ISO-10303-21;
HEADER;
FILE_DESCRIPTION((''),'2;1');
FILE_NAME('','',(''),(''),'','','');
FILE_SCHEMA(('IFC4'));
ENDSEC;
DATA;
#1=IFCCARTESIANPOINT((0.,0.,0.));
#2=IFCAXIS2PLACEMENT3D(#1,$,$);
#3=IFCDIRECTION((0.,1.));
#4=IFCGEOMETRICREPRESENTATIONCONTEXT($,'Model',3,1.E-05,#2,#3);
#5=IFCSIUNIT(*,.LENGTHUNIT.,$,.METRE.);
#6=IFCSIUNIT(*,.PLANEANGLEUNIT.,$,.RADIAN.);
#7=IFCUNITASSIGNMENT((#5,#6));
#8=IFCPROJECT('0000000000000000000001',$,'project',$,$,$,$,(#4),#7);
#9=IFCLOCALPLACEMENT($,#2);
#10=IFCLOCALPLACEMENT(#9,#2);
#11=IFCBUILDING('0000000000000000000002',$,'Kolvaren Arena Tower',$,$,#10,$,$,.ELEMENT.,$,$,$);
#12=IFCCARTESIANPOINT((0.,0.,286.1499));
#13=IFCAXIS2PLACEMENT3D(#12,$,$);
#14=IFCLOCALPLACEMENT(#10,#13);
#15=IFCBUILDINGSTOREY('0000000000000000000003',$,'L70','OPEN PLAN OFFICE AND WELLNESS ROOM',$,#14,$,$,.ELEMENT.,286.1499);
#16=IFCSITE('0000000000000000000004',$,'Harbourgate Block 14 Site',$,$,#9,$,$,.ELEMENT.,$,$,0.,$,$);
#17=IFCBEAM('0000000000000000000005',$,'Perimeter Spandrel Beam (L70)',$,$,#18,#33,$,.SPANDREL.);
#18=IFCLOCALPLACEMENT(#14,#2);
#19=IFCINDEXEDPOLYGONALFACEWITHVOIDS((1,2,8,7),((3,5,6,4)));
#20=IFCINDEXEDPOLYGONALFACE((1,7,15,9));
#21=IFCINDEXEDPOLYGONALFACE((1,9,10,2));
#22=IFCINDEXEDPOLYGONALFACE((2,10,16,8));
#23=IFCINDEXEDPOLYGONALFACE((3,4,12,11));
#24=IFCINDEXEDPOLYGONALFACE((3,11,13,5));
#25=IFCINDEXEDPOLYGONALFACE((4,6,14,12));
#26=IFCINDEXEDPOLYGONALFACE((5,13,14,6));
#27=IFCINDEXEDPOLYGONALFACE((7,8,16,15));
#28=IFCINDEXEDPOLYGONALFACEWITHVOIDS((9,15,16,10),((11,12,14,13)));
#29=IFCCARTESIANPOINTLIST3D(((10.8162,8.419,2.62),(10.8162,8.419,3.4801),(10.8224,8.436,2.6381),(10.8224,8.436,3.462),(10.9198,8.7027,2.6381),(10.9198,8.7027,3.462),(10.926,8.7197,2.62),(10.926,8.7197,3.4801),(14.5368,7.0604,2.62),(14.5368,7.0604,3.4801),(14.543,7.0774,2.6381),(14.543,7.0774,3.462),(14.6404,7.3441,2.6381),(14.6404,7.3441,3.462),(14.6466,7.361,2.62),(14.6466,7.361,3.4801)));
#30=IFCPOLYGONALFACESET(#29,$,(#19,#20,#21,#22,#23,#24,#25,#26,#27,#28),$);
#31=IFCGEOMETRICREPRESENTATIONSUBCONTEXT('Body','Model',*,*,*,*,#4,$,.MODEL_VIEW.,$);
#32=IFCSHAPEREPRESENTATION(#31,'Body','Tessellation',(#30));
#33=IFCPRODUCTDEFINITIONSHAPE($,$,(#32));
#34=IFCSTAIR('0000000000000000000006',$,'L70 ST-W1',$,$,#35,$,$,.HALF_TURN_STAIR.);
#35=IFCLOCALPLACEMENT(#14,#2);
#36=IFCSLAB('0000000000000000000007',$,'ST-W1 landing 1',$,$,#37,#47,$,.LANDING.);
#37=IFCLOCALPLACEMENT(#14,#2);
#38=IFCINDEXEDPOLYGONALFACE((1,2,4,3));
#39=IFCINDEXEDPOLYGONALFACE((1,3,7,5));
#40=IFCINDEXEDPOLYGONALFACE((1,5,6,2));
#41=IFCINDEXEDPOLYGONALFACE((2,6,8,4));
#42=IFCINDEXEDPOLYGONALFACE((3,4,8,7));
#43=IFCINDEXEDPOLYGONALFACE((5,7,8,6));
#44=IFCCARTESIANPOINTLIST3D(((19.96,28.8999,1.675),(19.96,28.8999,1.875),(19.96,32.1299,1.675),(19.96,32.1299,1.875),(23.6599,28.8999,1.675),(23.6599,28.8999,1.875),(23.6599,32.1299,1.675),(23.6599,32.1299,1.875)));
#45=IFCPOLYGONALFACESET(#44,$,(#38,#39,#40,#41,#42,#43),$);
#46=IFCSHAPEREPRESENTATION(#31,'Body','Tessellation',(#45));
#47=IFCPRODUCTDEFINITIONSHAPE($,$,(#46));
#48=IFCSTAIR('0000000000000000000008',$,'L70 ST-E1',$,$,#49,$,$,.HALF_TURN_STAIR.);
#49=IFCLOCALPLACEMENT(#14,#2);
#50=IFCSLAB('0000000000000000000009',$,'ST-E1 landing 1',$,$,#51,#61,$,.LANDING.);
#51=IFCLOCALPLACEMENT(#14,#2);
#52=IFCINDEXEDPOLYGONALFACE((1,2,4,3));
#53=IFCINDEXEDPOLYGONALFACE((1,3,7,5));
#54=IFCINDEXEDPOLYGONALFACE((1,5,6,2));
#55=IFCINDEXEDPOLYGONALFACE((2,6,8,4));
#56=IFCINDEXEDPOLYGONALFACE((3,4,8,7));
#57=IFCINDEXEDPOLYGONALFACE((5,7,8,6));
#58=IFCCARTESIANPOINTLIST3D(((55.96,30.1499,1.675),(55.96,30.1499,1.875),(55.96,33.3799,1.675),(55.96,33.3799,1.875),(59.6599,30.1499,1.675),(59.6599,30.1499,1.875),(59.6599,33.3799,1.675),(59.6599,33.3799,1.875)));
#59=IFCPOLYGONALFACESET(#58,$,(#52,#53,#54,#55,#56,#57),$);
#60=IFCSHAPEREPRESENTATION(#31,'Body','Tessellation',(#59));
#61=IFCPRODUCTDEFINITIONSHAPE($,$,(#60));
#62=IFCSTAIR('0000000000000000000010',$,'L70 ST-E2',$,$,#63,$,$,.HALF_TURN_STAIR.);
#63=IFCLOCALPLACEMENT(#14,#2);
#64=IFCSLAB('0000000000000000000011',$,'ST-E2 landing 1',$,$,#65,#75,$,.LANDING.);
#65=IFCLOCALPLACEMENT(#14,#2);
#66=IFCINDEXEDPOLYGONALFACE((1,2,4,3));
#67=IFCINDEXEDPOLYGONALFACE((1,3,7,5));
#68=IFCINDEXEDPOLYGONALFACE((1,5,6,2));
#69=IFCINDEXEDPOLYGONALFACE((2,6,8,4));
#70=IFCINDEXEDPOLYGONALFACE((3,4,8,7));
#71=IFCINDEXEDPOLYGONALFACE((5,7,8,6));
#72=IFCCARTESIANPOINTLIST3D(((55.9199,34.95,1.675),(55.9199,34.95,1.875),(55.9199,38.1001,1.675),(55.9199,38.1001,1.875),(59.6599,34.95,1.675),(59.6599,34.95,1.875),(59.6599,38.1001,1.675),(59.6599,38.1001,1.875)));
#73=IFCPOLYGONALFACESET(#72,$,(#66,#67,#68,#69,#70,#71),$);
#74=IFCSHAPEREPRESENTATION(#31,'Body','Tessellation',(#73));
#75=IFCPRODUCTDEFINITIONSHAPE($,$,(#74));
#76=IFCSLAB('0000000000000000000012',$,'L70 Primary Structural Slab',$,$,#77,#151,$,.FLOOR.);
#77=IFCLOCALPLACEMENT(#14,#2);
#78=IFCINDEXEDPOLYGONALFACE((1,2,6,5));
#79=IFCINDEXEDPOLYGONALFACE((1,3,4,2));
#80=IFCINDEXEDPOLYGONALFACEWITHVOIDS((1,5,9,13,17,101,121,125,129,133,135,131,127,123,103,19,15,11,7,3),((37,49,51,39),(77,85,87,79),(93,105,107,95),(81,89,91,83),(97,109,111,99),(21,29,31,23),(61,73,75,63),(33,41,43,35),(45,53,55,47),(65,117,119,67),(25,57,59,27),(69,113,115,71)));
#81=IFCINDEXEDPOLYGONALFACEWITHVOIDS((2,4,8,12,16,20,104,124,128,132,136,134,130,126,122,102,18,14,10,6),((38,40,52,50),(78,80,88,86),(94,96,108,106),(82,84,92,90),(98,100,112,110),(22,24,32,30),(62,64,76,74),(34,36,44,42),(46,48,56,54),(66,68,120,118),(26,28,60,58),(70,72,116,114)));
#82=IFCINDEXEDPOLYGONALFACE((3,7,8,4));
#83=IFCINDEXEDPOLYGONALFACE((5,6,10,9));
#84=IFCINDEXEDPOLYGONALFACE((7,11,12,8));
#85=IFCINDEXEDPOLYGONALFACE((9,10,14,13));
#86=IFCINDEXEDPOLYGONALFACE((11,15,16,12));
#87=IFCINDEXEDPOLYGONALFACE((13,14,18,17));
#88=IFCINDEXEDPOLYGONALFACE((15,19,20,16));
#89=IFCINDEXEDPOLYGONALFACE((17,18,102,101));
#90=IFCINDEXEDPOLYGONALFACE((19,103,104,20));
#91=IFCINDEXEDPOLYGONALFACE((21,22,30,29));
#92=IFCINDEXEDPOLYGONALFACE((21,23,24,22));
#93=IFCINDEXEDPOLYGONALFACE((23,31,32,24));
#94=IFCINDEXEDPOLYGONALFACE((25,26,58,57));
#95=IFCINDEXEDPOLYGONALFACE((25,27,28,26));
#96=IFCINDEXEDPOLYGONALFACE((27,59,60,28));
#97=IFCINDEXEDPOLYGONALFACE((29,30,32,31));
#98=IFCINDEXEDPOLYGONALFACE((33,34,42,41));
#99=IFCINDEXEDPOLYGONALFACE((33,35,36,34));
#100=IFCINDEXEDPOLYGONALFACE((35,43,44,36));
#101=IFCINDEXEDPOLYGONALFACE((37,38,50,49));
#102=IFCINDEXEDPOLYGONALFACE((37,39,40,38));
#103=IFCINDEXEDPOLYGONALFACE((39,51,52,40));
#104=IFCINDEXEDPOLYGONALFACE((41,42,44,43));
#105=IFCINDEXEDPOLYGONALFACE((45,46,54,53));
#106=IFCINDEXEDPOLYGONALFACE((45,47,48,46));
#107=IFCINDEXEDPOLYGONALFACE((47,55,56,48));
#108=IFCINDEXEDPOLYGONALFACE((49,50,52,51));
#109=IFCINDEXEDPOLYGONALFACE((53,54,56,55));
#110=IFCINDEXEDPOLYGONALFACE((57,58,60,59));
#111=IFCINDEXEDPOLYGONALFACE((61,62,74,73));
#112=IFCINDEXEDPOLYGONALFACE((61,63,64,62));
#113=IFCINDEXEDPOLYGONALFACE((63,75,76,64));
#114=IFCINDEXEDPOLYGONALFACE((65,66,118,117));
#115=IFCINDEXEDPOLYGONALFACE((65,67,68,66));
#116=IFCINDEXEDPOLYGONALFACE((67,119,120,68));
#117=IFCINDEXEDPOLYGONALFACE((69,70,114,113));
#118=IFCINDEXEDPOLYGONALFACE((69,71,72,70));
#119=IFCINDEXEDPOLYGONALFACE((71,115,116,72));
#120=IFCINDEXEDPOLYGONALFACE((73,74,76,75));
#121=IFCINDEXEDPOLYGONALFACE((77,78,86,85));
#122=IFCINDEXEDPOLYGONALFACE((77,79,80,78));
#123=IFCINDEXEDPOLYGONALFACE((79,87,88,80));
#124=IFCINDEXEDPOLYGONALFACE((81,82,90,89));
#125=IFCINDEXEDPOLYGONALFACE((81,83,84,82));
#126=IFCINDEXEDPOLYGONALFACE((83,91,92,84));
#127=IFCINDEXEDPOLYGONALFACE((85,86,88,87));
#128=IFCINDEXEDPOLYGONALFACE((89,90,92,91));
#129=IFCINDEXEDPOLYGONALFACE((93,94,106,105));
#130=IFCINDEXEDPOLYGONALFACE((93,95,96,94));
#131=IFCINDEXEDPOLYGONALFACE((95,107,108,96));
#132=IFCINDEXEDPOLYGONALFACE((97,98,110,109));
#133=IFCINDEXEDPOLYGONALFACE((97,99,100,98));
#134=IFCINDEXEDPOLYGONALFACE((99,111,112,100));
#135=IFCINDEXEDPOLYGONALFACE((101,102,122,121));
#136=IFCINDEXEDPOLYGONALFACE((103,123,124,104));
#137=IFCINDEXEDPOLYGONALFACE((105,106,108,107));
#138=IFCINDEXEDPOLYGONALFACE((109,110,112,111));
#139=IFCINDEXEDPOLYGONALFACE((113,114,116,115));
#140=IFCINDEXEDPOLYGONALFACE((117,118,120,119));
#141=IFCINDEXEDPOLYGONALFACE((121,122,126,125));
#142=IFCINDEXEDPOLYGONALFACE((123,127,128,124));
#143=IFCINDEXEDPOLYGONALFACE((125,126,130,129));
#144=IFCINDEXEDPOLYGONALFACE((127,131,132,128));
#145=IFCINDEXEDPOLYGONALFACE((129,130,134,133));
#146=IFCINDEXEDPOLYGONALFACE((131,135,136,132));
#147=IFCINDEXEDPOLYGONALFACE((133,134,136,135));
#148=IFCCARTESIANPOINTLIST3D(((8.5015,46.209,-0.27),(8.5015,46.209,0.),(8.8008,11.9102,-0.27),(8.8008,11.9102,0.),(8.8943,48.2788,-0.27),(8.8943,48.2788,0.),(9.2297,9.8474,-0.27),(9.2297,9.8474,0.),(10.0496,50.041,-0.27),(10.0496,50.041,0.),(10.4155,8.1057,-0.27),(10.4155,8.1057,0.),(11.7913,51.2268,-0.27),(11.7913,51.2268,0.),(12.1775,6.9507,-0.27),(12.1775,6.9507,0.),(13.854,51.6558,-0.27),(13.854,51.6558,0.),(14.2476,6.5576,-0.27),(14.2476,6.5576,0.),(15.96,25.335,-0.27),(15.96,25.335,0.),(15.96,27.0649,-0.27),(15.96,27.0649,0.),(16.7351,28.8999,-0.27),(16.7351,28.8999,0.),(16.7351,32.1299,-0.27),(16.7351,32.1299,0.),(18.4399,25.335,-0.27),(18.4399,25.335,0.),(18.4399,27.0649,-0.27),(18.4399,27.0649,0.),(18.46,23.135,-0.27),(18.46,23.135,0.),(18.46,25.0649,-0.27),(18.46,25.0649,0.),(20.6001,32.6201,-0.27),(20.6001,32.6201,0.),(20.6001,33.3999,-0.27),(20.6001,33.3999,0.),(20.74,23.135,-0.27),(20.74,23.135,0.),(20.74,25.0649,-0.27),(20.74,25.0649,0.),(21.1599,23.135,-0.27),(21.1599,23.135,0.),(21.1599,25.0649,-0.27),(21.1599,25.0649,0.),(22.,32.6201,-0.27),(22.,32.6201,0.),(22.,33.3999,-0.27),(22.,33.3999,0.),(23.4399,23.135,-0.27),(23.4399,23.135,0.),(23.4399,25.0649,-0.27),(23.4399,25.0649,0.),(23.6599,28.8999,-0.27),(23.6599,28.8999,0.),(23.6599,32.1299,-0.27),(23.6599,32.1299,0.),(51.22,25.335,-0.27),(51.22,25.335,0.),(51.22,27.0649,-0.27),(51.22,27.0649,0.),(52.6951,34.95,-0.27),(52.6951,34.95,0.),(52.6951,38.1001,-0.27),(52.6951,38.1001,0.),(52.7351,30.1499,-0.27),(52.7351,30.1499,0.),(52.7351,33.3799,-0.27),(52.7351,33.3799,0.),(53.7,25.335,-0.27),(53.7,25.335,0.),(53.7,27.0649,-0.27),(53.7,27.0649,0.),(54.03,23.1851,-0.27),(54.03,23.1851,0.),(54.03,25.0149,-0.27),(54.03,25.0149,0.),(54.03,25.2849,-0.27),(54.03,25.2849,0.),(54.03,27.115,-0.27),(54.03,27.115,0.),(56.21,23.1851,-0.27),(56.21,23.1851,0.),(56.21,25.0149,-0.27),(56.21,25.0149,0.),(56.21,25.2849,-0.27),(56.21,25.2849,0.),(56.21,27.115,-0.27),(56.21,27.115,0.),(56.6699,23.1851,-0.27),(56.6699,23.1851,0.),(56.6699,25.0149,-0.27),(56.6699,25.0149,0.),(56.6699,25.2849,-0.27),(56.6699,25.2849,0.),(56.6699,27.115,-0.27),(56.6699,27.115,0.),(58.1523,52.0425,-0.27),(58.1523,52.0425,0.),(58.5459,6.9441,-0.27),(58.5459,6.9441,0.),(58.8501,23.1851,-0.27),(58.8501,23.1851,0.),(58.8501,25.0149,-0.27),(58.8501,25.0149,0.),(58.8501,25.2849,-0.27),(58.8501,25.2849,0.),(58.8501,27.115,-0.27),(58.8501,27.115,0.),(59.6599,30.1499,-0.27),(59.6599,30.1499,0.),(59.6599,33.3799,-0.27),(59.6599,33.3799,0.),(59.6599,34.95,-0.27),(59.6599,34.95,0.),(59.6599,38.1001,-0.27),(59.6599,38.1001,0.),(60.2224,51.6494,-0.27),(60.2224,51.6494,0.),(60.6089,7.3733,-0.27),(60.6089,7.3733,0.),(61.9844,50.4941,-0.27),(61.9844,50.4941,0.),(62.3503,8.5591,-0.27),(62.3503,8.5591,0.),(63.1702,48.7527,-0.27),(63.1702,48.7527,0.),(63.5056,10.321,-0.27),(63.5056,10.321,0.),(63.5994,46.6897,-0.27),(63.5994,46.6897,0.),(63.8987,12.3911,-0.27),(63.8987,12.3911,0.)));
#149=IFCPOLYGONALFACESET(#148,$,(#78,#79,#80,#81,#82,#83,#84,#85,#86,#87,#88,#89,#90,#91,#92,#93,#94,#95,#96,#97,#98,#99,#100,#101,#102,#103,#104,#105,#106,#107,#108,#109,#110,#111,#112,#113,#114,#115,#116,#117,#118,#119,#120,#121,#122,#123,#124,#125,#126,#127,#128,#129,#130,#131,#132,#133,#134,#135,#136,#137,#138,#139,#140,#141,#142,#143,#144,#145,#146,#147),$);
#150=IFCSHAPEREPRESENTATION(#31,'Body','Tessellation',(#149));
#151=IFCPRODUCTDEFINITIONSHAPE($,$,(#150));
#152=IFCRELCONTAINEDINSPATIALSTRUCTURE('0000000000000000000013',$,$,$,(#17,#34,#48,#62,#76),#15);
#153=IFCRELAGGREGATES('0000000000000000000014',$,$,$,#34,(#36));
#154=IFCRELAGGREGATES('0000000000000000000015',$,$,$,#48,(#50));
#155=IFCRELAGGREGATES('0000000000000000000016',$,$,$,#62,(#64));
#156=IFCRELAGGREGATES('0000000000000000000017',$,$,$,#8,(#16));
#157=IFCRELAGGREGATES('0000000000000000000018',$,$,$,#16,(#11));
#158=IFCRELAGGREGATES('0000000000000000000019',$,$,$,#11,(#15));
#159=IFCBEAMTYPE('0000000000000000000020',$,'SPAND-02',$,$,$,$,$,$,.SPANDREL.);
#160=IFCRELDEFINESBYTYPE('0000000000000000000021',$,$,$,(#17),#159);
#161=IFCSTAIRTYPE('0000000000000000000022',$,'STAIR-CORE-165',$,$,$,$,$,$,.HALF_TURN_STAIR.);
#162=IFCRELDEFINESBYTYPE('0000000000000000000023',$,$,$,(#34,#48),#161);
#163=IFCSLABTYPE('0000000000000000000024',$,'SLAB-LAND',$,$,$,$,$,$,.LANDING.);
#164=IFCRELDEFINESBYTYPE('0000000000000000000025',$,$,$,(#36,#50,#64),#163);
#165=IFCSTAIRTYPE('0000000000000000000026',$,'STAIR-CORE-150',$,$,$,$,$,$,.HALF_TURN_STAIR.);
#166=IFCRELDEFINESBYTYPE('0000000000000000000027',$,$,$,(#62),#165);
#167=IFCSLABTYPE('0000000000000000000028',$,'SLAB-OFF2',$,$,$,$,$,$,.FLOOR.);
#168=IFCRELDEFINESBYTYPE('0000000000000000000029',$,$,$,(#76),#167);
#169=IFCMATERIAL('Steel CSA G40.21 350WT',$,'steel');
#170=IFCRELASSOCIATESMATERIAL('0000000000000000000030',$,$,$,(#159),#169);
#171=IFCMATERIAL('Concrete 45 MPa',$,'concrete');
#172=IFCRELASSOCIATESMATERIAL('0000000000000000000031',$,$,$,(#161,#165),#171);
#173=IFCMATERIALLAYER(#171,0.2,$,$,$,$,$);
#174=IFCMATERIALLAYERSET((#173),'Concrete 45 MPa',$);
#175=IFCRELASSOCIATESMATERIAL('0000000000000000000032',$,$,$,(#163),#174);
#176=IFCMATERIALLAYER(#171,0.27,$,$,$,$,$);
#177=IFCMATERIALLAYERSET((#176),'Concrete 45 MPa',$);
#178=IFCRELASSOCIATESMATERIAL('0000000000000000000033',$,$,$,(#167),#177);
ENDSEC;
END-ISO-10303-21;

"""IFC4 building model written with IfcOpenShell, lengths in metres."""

from ifc_helpers import new_model, si_unit, direction, frame, origin, origin_2d, place, context, subcontext, project, spatial, polyline, hollow_rectangle, outline, extrude, material, layer, layer_set, material_profile, profile_set, type_object, element, aggregate, save


model = new_model("IFC4")

# Units and contexts
model_context = context("Model", 3, precision=1e-05, world=origin(), true_north=direction((0.0, 1.0)))
body_context = subcontext(model_context, "Body", "Model", "MODEL_VIEW")
ifc_project = project(units=[si_unit("LENGTHUNIT", "METRE"), si_unit("PLANEANGLEUNIT", "RADIAN")], contexts=[model_context])

# Site, building, storey
site_placement = place(None, origin())
site = spatial("IfcSite", under=ifc_project, at=site_placement, Name="Harbourgate Block 14 Site", CompositionType="ELEMENT", RefElevation=0.0)
building_placement = place(site_placement, origin())
building = spatial("IfcBuilding", under=site, at=building_placement, Name="Kolvaren Arena Tower", CompositionType="ELEMENT")
storey_placement = place(building_placement, frame((0.0, 0.0, 286.1499)))
storey = spatial("IfcBuildingStorey", under=building, at=storey_placement, Name="L70", Description="OPEN PLAN OFFICE AND WELLNESS ROOM", CompositionType="ELEMENT", Elevation=286.1499)

# Beam
ifc_material_1 = material(Name="Steel CSA G40.21 350WT", Category="steel")
ifc_material_profile_1 = material_profile(ifc_material_1, hollow_rectangle(XDim=0.3201, YDim=0.8601, WallThickness=0.0181, at=origin_2d()), Name="HSS 860x320x18")
ifc_profile_set_1 = profile_set([ifc_material_profile_1], Name="Steel CSA G40.21 350WT")
beam_type_1 = type_object("IfcBeamType", Name="SPAND-02", PredefinedType="SPANDREL", material=ifc_profile_set_1)
beam_1_placement = place(storey_placement, frame((10.8711, 8.5693, 3.05), z_axis=(0.939334, -0.343005, 0.0), x_axis=(0.343005, 0.939334, 0.0)))
element("IfcBeam", 1, at=beam_1_placement, inside=storey, type_object=beam_type_1, Name="Perimeter Spandrel Beam (L70)", PredefinedType="SPANDREL", context=body_context, shape_type="SweptSolid", body=[
    extrude(hollow_rectangle(XDim=0.3201, YDim=0.8601, WallThickness=0.0181, at=origin_2d()), origin(), (0.0, 0.0, 1.0), 3.9609),
])

# Stairs, slabs
ifc_material_2 = material(Name="Concrete 45 MPa", Category="concrete")
stair_type_1 = type_object("IfcStairType", Name="STAIR-CORE-165", PredefinedType="HALF_TURN_STAIR", material=ifc_material_2)
stair_1_placement = place(storey_placement, origin())
stair_1 = element("IfcStair", 2, at=stair_1_placement, inside=storey, type_object=stair_type_1, Name="L70 ST-W1", PredefinedType="HALF_TURN_STAIR")
ifc_layer_1 = layer(ifc_material_2, 0.2)
ifc_layer_set_1 = layer_set([ifc_layer_1], Name="Concrete 45 MPa")
slab_type_1 = type_object("IfcSlabType", Name="SLAB-LAND", PredefinedType="LANDING", material=ifc_layer_set_1)
slab_1_placement = place(storey_placement, frame((0.0, 0.0, 1.675)))
slab_1 = element("IfcSlab", 3, at=slab_1_placement, type_object=slab_type_1, Name="ST-W1 landing 1", PredefinedType="LANDING", context=body_context, shape_type="SweptSolid", body=[
    extrude(outline(polyline([(19.96, 28.8999), (23.6599, 28.8999), (23.6599, 32.1299), (19.96, 32.1299), (19.96, 28.8999)])), origin(), (0.0, 0.0, 1.0), 0.2),
])
aggregate(stair_1, [slab_1])
stair_2_placement = place(storey_placement, origin())
stair_2 = element("IfcStair", 4, at=stair_2_placement, inside=storey, type_object=stair_type_1, Name="L70 ST-E1", PredefinedType="HALF_TURN_STAIR")
slab_2_placement = place(storey_placement, frame((0.0, 0.0, 1.675)))
slab_2 = element("IfcSlab", 5, at=slab_2_placement, type_object=slab_type_1, Name="ST-E1 landing 1", PredefinedType="LANDING", context=body_context, shape_type="SweptSolid", body=[
    extrude(outline(polyline([(55.96, 30.1499), (59.6599, 30.1499), (59.6599, 33.3799), (55.96, 33.3799), (55.96, 30.1499)])), origin(), (0.0, 0.0, 1.0), 0.2),
])
aggregate(stair_2, [slab_2])
stair_type_2 = type_object("IfcStairType", Name="STAIR-CORE-150", PredefinedType="HALF_TURN_STAIR", material=ifc_material_2)
stair_3_placement = place(storey_placement, origin())
stair_3 = element("IfcStair", 6, at=stair_3_placement, inside=storey, type_object=stair_type_2, Name="L70 ST-E2", PredefinedType="HALF_TURN_STAIR")
slab_3_placement = place(storey_placement, frame((0.0, 0.0, 1.675)))
slab_3 = element("IfcSlab", 7, at=slab_3_placement, type_object=slab_type_1, Name="ST-E2 landing 1", PredefinedType="LANDING", context=body_context, shape_type="SweptSolid", body=[
    extrude(outline(polyline([(55.9199, 34.95), (59.6599, 34.95), (59.6599, 38.1001), (55.9199, 38.1001), (55.9199, 34.95)])), origin(), (0.0, 0.0, 1.0), 0.2),
])
aggregate(stair_3, [slab_3])

# Slab
ifc_layer_2 = layer(ifc_material_2, 0.27)
ifc_layer_set_2 = layer_set([ifc_layer_2], Name="Concrete 45 MPa")
slab_type_2 = type_object("IfcSlabType", Name="SLAB-OFF2", PredefinedType="FLOOR", material=ifc_layer_set_2)
slab_4_placement = place(storey_placement, frame((0.0, 0.0, -0.27)))
element("IfcSlab", 8, at=slab_4_placement, inside=storey, type_object=slab_type_2, Name="L70 Primary Structural Slab", PredefinedType="FLOOR", context=body_context, shape_type="SweptSolid", body=[
    extrude(outline(polyline([(58.5459, 6.9441), (60.6089, 7.3733), (62.3503, 8.5591), (63.5056, 10.321), (63.8987, 12.3911), (63.5994, 46.6897), (63.1702, 48.7527), (61.9844, 50.4941), (60.2224, 51.6494), (58.1523, 52.0425), (13.854, 51.6558), (11.7913, 51.2268), (10.0496, 50.041), (8.8943, 48.2788), (8.5015, 46.209), (8.8008, 11.9102), (9.2297, 9.8474), (10.4155, 8.1057), (12.1775, 6.9507), (14.2476, 6.5576), (58.5459, 6.9441)]), holes=[polyline([(20.74, 23.135), (18.46, 23.135), (18.46, 25.0649), (20.74, 25.0649), (20.74, 23.135)]), polyline([(21.1599, 23.135), (21.1599, 25.0649), (23.4399, 25.0649), (23.4399, 23.135), (21.1599, 23.135)]), polyline([(56.21, 23.1851), (54.03, 23.1851), (54.03, 25.0149), (56.21, 25.0149), (56.21, 23.1851)]), polyline([(56.6699, 23.1851), (56.6699, 25.0149), (58.8501, 25.0149), (58.8501, 23.1851), (56.6699, 23.1851)]), polyline([(54.03, 25.2849), (54.03, 27.115), (56.21, 27.115), (56.21, 25.2849), (54.03, 25.2849)]), polyline([(58.8501, 25.2849), (56.6699, 25.2849), (56.6699, 27.115), (58.8501, 27.115), (58.8501, 25.2849)]), polyline([(15.96, 25.335), (15.96, 27.0649), (18.4399, 27.0649), (18.4399, 25.335), (15.96, 25.335)]), polyline([(53.7, 25.335), (51.22, 25.335), (51.22, 27.0649), (53.7, 27.0649), (53.7, 25.335)]), polyline([(16.7351, 28.8999), (16.7351, 32.1299), (23.6599, 32.1299), (23.6599, 28.8999), (16.7351, 28.8999)]), polyline([(52.7351, 30.1499), (52.7351, 33.3799), (59.6599, 33.3799), (59.6599, 30.1499), (52.7351, 30.1499)]), polyline([(20.6001, 32.6201), (20.6001, 33.3999), (22.0, 33.3999), (22.0, 32.6201), (20.6001, 32.6201)]), polyline([(52.6951, 34.95), (52.6951, 38.1001), (59.6599, 38.1001), (59.6599, 34.95), (52.6951, 34.95)])]), origin(), (0.0, 0.0, 1.0), 0.27),
])

save(model, "model.ifc")
